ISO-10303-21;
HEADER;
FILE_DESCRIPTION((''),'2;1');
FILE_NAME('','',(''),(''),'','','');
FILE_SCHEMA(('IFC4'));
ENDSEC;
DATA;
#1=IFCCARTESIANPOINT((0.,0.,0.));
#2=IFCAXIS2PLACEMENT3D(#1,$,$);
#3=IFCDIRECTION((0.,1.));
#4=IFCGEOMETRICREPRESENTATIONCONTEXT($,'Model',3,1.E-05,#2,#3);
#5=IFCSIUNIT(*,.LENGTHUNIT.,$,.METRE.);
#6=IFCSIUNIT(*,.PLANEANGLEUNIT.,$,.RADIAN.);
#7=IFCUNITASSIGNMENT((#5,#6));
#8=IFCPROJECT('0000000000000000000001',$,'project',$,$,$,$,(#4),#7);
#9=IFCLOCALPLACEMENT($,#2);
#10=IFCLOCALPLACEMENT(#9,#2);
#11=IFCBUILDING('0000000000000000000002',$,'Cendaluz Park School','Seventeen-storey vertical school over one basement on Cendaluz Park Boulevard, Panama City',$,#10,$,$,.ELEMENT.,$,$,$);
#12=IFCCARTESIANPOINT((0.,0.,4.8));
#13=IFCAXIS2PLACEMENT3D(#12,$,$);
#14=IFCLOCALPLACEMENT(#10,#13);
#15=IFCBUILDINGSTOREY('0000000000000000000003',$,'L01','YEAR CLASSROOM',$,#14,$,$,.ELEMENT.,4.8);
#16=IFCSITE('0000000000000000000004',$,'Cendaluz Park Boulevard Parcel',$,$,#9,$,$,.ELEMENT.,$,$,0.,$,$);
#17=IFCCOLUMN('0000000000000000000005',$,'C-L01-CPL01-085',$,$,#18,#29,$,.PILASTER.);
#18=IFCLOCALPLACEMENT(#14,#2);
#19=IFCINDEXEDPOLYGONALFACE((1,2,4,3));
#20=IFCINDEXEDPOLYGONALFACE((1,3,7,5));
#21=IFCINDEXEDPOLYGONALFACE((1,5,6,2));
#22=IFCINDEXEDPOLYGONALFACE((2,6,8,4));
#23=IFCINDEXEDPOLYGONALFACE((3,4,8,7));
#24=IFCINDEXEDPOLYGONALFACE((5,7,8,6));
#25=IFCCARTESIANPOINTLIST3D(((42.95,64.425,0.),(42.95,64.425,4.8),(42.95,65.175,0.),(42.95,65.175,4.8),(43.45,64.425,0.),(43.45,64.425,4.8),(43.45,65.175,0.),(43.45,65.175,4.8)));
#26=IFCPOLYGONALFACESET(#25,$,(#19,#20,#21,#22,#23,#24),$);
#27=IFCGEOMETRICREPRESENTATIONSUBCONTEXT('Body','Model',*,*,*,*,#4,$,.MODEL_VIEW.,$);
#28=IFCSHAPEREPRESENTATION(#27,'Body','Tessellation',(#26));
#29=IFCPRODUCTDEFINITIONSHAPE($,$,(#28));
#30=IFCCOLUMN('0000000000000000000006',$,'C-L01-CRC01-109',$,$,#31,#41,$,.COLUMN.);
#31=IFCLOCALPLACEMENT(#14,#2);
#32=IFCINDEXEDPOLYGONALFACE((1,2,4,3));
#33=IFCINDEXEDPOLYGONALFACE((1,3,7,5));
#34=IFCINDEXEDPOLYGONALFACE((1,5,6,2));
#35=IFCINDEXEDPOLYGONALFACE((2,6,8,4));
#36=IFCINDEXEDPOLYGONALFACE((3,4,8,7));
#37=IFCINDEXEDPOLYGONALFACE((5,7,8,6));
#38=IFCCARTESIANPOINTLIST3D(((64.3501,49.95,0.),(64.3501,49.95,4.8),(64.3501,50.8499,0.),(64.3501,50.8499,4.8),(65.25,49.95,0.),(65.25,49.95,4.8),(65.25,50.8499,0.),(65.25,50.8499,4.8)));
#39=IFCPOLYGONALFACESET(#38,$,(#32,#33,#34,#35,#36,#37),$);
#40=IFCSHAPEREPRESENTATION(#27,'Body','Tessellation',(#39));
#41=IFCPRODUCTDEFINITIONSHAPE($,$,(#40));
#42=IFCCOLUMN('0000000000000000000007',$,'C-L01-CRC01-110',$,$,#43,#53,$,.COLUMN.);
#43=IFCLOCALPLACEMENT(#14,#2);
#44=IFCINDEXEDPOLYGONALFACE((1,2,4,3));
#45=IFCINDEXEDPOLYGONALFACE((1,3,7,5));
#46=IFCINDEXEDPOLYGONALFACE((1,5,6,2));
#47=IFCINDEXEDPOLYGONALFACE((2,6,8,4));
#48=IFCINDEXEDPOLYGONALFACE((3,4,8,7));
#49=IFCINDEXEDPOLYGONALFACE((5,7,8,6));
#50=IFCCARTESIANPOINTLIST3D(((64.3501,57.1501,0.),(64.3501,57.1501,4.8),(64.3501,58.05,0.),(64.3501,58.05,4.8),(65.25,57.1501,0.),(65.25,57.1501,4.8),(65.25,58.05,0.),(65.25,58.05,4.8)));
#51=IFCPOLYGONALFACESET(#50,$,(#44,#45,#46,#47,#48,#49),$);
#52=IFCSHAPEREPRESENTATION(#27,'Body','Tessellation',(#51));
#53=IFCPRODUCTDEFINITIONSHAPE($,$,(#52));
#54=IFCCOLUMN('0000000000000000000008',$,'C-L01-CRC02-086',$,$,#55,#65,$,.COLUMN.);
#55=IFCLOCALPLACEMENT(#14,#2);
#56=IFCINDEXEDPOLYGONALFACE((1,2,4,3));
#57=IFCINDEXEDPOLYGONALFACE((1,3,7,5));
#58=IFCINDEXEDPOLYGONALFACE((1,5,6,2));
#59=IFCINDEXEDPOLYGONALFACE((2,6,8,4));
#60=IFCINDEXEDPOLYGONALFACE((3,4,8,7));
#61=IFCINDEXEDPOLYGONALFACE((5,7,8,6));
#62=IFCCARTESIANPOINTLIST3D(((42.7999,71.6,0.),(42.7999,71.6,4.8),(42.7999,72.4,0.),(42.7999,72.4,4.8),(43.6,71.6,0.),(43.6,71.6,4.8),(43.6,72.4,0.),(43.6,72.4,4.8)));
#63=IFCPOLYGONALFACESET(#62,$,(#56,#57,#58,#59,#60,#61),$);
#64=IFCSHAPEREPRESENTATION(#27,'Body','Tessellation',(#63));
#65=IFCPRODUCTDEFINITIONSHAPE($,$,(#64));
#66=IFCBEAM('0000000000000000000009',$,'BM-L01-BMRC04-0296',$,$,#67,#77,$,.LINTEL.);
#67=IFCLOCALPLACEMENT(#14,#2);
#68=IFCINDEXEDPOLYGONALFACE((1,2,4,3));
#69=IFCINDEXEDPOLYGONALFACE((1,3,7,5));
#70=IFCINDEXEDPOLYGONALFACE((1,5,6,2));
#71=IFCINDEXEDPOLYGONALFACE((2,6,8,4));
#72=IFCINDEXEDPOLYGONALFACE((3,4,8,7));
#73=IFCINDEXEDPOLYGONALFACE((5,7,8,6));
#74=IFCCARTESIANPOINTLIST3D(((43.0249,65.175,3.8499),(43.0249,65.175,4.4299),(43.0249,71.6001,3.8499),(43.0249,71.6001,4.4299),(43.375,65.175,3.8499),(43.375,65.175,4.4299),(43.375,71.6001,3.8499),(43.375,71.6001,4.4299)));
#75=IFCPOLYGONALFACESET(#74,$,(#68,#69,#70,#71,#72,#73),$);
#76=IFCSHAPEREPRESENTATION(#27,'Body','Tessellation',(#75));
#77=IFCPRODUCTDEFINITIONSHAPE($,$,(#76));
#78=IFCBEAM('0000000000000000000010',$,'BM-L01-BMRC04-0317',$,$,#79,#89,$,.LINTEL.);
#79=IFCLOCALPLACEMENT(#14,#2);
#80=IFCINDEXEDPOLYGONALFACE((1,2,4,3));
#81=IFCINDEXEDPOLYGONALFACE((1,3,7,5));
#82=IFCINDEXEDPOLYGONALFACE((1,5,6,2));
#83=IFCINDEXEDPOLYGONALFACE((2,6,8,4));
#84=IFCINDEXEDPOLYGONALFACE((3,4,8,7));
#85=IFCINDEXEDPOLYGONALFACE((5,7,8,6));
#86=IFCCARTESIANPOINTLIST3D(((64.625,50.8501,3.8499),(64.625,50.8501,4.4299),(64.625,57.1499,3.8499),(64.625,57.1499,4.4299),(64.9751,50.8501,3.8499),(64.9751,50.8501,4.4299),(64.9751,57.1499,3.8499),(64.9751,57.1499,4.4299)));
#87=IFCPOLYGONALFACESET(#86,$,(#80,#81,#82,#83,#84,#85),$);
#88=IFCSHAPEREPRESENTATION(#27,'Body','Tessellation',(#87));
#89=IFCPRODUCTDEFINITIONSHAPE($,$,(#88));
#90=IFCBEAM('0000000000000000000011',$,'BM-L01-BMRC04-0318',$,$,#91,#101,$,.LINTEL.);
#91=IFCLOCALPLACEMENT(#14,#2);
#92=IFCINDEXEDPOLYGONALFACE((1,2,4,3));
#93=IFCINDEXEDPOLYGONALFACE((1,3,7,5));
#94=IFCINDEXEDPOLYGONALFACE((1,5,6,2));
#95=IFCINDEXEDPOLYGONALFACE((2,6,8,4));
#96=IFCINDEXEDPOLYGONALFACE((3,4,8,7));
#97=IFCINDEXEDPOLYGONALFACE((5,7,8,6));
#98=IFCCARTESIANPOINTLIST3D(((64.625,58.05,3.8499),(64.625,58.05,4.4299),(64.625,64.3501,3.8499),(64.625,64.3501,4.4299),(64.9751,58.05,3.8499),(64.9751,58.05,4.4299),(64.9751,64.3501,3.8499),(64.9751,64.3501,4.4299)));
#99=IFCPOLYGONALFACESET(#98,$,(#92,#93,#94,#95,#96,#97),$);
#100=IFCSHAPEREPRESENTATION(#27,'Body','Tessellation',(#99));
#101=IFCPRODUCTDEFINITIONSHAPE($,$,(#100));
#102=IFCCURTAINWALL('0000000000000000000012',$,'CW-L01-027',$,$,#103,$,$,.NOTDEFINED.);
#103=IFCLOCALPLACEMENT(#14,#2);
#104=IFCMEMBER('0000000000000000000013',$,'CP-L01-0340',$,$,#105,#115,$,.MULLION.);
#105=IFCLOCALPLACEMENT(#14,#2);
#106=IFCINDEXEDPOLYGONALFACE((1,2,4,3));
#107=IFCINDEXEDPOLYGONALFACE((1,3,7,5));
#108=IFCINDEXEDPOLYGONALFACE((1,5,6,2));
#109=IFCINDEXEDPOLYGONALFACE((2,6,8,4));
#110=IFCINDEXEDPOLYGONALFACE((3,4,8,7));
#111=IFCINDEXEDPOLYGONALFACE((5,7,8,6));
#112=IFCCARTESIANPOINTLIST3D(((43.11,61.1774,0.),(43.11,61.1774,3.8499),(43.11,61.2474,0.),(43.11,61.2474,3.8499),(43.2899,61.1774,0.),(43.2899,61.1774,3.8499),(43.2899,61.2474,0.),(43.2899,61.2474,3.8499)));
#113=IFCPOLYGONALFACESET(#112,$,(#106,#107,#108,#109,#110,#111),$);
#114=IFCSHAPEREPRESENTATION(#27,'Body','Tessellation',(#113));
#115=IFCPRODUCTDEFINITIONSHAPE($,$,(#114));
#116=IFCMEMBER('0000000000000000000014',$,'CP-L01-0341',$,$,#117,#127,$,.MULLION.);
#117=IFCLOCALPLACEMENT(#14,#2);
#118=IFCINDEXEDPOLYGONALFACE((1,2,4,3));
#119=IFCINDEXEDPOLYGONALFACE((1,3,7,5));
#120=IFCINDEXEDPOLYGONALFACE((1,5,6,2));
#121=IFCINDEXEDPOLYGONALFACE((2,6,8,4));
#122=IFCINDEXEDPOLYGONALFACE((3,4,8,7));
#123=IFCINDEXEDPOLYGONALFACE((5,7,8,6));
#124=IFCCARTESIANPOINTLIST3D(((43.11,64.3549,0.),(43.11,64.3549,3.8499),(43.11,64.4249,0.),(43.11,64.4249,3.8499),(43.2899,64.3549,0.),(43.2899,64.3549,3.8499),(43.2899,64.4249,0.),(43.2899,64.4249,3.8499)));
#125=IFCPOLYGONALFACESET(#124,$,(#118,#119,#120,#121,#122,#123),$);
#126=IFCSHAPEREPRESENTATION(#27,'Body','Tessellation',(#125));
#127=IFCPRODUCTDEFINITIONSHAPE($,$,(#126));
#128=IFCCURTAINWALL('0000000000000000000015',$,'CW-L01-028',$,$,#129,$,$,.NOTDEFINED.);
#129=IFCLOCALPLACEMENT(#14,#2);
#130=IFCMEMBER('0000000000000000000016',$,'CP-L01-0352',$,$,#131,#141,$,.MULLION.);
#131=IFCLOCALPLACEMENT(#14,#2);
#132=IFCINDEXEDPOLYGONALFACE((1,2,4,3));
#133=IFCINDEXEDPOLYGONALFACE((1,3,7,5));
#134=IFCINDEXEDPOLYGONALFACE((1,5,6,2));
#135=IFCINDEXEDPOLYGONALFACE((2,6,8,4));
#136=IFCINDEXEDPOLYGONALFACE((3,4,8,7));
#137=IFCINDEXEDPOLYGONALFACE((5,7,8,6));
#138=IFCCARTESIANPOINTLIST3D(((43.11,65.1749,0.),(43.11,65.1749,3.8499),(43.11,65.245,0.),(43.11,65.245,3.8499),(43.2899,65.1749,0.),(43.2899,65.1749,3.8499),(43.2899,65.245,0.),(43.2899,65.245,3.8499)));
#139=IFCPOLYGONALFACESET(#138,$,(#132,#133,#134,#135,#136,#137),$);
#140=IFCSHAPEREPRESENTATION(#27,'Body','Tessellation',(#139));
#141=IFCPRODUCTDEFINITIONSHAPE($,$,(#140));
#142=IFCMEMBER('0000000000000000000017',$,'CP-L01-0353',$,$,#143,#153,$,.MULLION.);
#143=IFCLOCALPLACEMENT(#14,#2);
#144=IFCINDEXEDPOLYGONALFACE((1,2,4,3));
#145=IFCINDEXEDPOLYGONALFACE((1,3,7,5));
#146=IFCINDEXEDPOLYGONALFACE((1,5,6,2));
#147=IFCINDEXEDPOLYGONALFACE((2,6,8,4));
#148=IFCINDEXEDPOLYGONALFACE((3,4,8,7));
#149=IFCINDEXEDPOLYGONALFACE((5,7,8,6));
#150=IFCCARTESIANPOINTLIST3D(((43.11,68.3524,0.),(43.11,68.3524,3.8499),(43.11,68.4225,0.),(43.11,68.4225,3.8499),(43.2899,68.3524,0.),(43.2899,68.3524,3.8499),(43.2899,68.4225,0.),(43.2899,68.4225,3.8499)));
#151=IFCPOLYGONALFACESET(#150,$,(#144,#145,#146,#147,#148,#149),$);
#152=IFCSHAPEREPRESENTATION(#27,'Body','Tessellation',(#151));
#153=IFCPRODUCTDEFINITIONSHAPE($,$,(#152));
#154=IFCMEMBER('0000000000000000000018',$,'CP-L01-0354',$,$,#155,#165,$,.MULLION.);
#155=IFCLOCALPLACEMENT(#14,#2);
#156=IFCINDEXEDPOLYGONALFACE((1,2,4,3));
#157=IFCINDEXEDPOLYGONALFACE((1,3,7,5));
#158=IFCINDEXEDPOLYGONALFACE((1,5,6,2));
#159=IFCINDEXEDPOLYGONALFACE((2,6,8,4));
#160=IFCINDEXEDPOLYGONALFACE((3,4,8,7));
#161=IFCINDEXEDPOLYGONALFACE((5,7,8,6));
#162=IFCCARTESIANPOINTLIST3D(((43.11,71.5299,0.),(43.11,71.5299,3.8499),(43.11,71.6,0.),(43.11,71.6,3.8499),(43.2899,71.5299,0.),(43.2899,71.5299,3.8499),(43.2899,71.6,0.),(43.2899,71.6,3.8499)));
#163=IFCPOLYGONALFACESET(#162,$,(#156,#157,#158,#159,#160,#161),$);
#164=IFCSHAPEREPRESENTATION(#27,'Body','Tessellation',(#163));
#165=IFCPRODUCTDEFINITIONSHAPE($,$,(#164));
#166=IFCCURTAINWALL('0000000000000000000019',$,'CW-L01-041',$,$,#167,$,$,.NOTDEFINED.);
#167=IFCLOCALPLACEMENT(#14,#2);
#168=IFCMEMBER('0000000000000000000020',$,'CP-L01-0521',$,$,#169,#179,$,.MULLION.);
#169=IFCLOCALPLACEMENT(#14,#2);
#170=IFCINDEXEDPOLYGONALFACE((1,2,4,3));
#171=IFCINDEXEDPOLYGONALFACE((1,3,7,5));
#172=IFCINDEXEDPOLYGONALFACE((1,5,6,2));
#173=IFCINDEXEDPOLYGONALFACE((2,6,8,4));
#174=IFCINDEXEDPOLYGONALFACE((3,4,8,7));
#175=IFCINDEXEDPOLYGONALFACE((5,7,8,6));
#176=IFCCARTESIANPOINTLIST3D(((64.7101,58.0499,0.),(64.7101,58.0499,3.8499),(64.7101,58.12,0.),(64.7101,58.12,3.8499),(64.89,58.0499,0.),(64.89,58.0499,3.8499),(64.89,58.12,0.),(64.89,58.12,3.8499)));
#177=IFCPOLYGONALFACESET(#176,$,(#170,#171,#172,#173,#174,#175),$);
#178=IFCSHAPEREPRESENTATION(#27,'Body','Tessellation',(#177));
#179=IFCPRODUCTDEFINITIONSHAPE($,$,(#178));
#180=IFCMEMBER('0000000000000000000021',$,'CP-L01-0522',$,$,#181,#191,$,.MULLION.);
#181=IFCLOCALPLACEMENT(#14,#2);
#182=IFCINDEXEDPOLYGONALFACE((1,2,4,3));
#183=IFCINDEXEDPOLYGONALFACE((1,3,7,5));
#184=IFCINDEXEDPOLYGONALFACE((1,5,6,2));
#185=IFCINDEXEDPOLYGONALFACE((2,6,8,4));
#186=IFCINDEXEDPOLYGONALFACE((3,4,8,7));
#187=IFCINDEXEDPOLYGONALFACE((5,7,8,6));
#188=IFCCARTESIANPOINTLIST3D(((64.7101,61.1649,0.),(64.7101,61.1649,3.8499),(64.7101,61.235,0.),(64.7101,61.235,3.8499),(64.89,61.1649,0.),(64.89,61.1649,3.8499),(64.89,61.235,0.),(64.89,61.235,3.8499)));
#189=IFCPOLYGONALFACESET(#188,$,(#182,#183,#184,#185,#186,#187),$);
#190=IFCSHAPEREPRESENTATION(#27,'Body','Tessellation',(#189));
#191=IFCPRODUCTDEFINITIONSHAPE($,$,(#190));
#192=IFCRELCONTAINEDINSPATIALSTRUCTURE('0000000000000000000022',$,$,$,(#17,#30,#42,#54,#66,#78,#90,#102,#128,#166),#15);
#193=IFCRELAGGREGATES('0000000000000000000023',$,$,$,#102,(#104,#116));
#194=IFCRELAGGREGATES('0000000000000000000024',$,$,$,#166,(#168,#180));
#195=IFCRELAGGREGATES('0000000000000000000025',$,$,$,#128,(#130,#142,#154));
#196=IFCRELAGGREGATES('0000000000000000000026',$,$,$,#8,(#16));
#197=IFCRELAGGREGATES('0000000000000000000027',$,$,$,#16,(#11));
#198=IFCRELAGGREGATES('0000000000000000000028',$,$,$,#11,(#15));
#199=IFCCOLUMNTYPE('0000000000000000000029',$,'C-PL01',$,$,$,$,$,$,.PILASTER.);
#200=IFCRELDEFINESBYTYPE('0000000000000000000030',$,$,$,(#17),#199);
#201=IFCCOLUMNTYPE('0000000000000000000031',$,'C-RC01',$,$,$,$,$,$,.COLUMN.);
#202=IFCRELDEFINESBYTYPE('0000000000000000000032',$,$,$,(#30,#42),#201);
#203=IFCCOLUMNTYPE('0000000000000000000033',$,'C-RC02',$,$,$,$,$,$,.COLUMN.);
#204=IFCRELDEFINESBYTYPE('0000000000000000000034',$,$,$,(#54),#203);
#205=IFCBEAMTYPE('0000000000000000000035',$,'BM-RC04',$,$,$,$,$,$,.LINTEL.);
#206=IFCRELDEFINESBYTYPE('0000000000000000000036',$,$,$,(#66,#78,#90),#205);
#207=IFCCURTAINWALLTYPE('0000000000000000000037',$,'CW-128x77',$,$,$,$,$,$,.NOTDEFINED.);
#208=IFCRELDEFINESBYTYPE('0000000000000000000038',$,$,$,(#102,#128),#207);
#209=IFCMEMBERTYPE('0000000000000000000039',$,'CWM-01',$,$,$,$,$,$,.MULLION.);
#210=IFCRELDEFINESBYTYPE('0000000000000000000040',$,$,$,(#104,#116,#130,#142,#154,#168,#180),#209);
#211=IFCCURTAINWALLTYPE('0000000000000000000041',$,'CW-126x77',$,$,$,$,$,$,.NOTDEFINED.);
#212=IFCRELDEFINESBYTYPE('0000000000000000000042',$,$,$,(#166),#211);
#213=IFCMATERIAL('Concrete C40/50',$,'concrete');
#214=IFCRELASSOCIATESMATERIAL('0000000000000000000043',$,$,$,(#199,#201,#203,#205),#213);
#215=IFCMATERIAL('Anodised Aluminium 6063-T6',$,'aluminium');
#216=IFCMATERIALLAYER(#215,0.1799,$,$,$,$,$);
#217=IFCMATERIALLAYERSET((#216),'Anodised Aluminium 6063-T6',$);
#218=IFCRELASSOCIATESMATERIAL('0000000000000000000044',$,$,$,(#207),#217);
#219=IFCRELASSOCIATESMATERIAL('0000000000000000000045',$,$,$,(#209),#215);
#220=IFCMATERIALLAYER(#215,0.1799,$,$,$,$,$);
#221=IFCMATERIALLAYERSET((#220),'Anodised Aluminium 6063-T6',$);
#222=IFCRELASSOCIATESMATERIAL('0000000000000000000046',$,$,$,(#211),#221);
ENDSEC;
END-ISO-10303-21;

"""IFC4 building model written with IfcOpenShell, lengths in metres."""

from ifc_helpers import new_model, si_unit, direction, frame, origin, origin_2d, place, context, subcontext, project, spatial, rectangle, extrude, material, layer, layer_set, material_profile, profile_set, type_object, element, aggregate, save


model = new_model("IFC4")

# Units and contexts
model_context = context("Model", 3, precision=1e-05, world=origin(), true_north=direction((0.0, 1.0)))
body_context = subcontext(model_context, "Body", "Model", "MODEL_VIEW")
ifc_project = project(units=[si_unit("LENGTHUNIT", "METRE"), si_unit("PLANEANGLEUNIT", "RADIAN")], contexts=[model_context])

# Site, building, storey
site_placement = place(None, origin())
site = spatial("IfcSite", under=ifc_project, at=site_placement, Name="Cendaluz Park Boulevard Parcel", CompositionType="ELEMENT", RefElevation=0.0)
building_placement = place(site_placement, origin())
building = spatial("IfcBuilding", under=site, at=building_placement, Name="Cendaluz Park School", Description="Seventeen-storey vertical school over one basement on Cendaluz Park Boulevard, Panama City", CompositionType="ELEMENT")
storey_placement = place(building_placement, frame((0.0, 0.0, 4.8)))
storey = spatial("IfcBuildingStorey", under=building, at=storey_placement, Name="L01", Description="YEAR CLASSROOM", CompositionType="ELEMENT", Elevation=4.8)

# Columns
ifc_material_1 = material(Name="Concrete C40/50", Category="concrete")
ifc_material_profile_1 = material_profile(ifc_material_1, rectangle(XDim=0.5, YDim=0.75, at=origin_2d()), Name="RC 500x750", Category="concrete")
ifc_profile_set_1 = profile_set([ifc_material_profile_1], Name="Concrete C40/50")
column_type_1 = type_object("IfcColumnType", Name="C-PL01", PredefinedType="PILASTER", material=ifc_profile_set_1)
column_1_placement = place(storey_placement, frame((43.2, 64.8, 0.0), z_axis=(0.0, 0.0, 1.0), x_axis=(1.0, 0.0, 0.0)))
element("IfcColumn", 1, at=column_1_placement, inside=storey, type_object=column_type_1, Name="C-L01-CPL01-085", PredefinedType="PILASTER", context=body_context, shape_type="SweptSolid", body=[
    extrude(rectangle(XDim=0.5, YDim=0.75, at=origin_2d()), origin(), (0.0, 0.0, 1.0), 4.8),
])
ifc_material_profile_2 = material_profile(ifc_material_1, rectangle(XDim=0.8999, YDim=0.8999, at=origin_2d()), Name="RC 900x900", Category="concrete")
ifc_profile_set_2 = profile_set([ifc_material_profile_2], Name="Concrete C40/50")
column_type_2 = type_object("IfcColumnType", Name="C-RC01", PredefinedType="COLUMN", material=ifc_profile_set_2)
for number, where, z_axis, x_axis, name in (
    (2, (64.8, 50.3999, 0.0), (0.0, 0.0, 1.0), (1.0, 0.0, 0.0), "C-L01-CRC01-109"),
    (3, (64.8, 57.6001, 0.0), (0.0, 0.0, 1.0), (1.0, 0.0, 0.0), "C-L01-CRC01-110"),
):
    element("IfcColumn", number, at=place(storey_placement, frame(where, z_axis=z_axis, x_axis=x_axis)), inside=storey, type_object=column_type_2, Name=name, PredefinedType="COLUMN", context=body_context, shape_type="SweptSolid", body=[
        extrude(rectangle(XDim=0.8999, YDim=0.8999, at=origin_2d()), origin(), (0.0, 0.0, 1.0), 4.8),
    ])
ifc_material_profile_3 = material_profile(ifc_material_1, rectangle(XDim=0.8, YDim=0.8, at=origin_2d()), Name="RC 800x800", Category="concrete")
ifc_profile_set_3 = profile_set([ifc_material_profile_3], Name="Concrete C40/50")
column_type_3 = type_object("IfcColumnType", Name="C-RC02", PredefinedType="COLUMN", material=ifc_profile_set_3)
column_2_placement = place(storey_placement, frame((43.2, 72.0, 0.0), z_axis=(0.0, 0.0, 1.0), x_axis=(1.0, 0.0, 0.0)))
element("IfcColumn", 4, at=column_2_placement, inside=storey, type_object=column_type_3, Name="C-L01-CRC02-086", PredefinedType="COLUMN", context=body_context, shape_type="SweptSolid", body=[
    extrude(rectangle(XDim=0.8, YDim=0.8, at=origin_2d()), origin(), (0.0, 0.0, 1.0), 4.8),
])

# Beams
ifc_material_profile_4 = material_profile(ifc_material_1, rectangle(XDim=0.3501, YDim=0.5801, at=origin_2d()), Name="RC 350x580", Category="concrete")
ifc_profile_set_4 = profile_set([ifc_material_profile_4], Name="Concrete C40/50")
beam_type = type_object("IfcBeamType", Name="BM-RC04", PredefinedType="LINTEL", material=ifc_profile_set_4)
beam_1_placement = place(storey_placement, frame((43.2, 65.175, 4.1399), z_axis=(0.0, 1.0, 0.0), x_axis=(-1.0, 0.0, 0.0)))
element("IfcBeam", 5, at=beam_1_placement, inside=storey, type_object=beam_type, Name="BM-L01-BMRC04-0296", PredefinedType="LINTEL", context=body_context, shape_type="SweptSolid", body=[
    extrude(rectangle(XDim=0.3501, YDim=0.5801, at=origin_2d()), origin(), (0.0, 0.0, 1.0), 6.425),
])
beam_2_placement = place(storey_placement, frame((64.8, 50.8501, 4.1399), z_axis=(0.0, 1.0, 0.0), x_axis=(-1.0, 0.0, 0.0)))
element("IfcBeam", 6, at=beam_2_placement, inside=storey, type_object=beam_type, Name="BM-L01-BMRC04-0317", PredefinedType="LINTEL", context=body_context, shape_type="SweptSolid", body=[
    extrude(rectangle(XDim=0.3501, YDim=0.5801, at=origin_2d()), origin(), (0.0, 0.0, 1.0), 6.2998),
])
beam_3_placement = place(storey_placement, frame((64.8, 58.05, 4.1399), z_axis=(0.0, 1.0, 0.0), x_axis=(-1.0, 0.0, 0.0)))
element("IfcBeam", 7, at=beam_3_placement, inside=storey, type_object=beam_type, Name="BM-L01-BMRC04-0318", PredefinedType="LINTEL", context=body_context, shape_type="SweptSolid", body=[
    extrude(rectangle(XDim=0.3501, YDim=0.5801, at=origin_2d()), origin(), (0.0, 0.0, 1.0), 6.3),
])

# Curtain walls, members
ifc_material_2 = material(Name="Anodised Aluminium 6063-T6", Category="aluminium")
ifc_layer_1 = layer(ifc_material_2, 0.1799)
ifc_layer_set_1 = layer_set([ifc_layer_1], Name="Anodised Aluminium 6063-T6")
curtain_wall_type_1 = type_object("IfcCurtainWallType", Name="CW-128x77", PredefinedType="NOTDEFINED", material=ifc_layer_set_1)
curtain_wall_1_placement = place(storey_placement, origin())
curtain_wall_1 = element("IfcCurtainWall", 8, at=curtain_wall_1_placement, inside=storey, type_object=curtain_wall_type_1, Name="CW-L01-027", PredefinedType="NOTDEFINED")
ifc_material_profile_5 = material_profile(ifc_material_2, rectangle(XDim=0.1799, YDim=0.0701, at=origin_2d()), Name="CWM 180x70", Category="aluminium")
ifc_profile_set_5 = profile_set([ifc_material_profile_5], Name="Anodised Aluminium 6063-T6")
member_type_1 = type_object("IfcMemberType", Name="CWM-01", PredefinedType="MULLION", material=ifc_profile_set_5)
member_1_placement = place(storey_placement, frame((43.2, 61.2124, 0.0), z_axis=(0.0, 0.0, 1.0), x_axis=(-1.0, 0.0, 0.0)))
member_1 = element("IfcMember", 9, at=member_1_placement, type_object=member_type_1, Name="CP-L01-0340", PredefinedType="MULLION", context=body_context, shape_type="SweptSolid", body=[
    extrude(rectangle(XDim=0.1799, YDim=0.0701, at=origin_2d()), origin(), (0.0, 0.0, 1.0), 3.8499),
])
member_2_placement = place(storey_placement, frame((43.2, 64.3899, 0.0), z_axis=(0.0, 0.0, 1.0), x_axis=(-1.0, 0.0, 0.0)))
member_2 = element("IfcMember", 10, at=member_2_placement, type_object=member_type_1, Name="CP-L01-0341", PredefinedType="MULLION", context=body_context, shape_type="SweptSolid", body=[
    extrude(rectangle(XDim=0.1799, YDim=0.0701, at=origin_2d()), origin(), (0.0, 0.0, 1.0), 3.8499),
])
curtain_wall_2_placement = place(storey_placement, origin())
curtain_wall_2 = element("IfcCurtainWall", 11, at=curtain_wall_2_placement, inside=storey, type_object=curtain_wall_type_1, Name="CW-L01-028", PredefinedType="NOTDEFINED")
member_3_placement = place(storey_placement, frame((43.2, 65.21, 0.0), z_axis=(0.0, 0.0, 1.0), x_axis=(-1.0, 0.0, 0.0)))
member_3 = element("IfcMember", 12, at=member_3_placement, type_object=member_type_1, Name="CP-L01-0352", PredefinedType="MULLION", context=body_context, shape_type="SweptSolid", body=[
    extrude(rectangle(XDim=0.1799, YDim=0.0701, at=origin_2d()), origin(), (0.0, 0.0, 1.0), 3.8499),
])
member_4_placement = place(storey_placement, frame((43.2, 68.3875, 0.0), z_axis=(0.0, 0.0, 1.0), x_axis=(-1.0, 0.0, 0.0)))
member_4 = element("IfcMember", 13, at=member_4_placement, type_object=member_type_1, Name="CP-L01-0353", PredefinedType="MULLION", context=body_context, shape_type="SweptSolid", body=[
    extrude(rectangle(XDim=0.1799, YDim=0.0701, at=origin_2d()), origin(), (0.0, 0.0, 1.0), 3.8499),
])
member_5_placement = place(storey_placement, frame((43.2, 71.5649, 0.0), z_axis=(0.0, 0.0, 1.0), x_axis=(-1.0, 0.0, 0.0)))
member_5 = element("IfcMember", 14, at=member_5_placement, type_object=member_type_1, Name="CP-L01-0354", PredefinedType="MULLION", context=body_context, shape_type="SweptSolid", body=[
    extrude(rectangle(XDim=0.1799, YDim=0.0701, at=origin_2d()), origin(), (0.0, 0.0, 1.0), 3.8499),
])
ifc_layer_2 = layer(ifc_material_2, 0.1799)
ifc_layer_set_2 = layer_set([ifc_layer_2], Name="Anodised Aluminium 6063-T6")
curtain_wall_type_2 = type_object("IfcCurtainWallType", Name="CW-126x77", PredefinedType="NOTDEFINED", material=ifc_layer_set_2)
curtain_wall_3_placement = place(storey_placement, origin())
curtain_wall_3 = element("IfcCurtainWall", 15, at=curtain_wall_3_placement, inside=storey, type_object=curtain_wall_type_2, Name="CW-L01-041", PredefinedType="NOTDEFINED")
member_6_placement = place(storey_placement, frame((64.8, 58.085, 0.0), z_axis=(0.0, 0.0, 1.0), x_axis=(-1.0, 0.0, 0.0)))
member_6 = element("IfcMember", 16, at=member_6_placement, type_object=member_type_1, Name="CP-L01-0521", PredefinedType="MULLION", context=body_context, shape_type="SweptSolid", body=[
    extrude(rectangle(XDim=0.1799, YDim=0.0701, at=origin_2d()), origin(), (0.0, 0.0, 1.0), 3.8499),
])
member_7_placement = place(storey_placement, frame((64.8, 61.2, 0.0), z_axis=(0.0, 0.0, 1.0), x_axis=(-1.0, 0.0, 0.0)))
member_7 = element("IfcMember", 17, at=member_7_placement, type_object=member_type_1, Name="CP-L01-0522", PredefinedType="MULLION", context=body_context, shape_type="SweptSolid", body=[
    extrude(rectangle(XDim=0.1799, YDim=0.0701, at=origin_2d()), origin(), (0.0, 0.0, 1.0), 3.8499),
])

aggregate(curtain_wall_1, [member_1, member_2])
aggregate(curtain_wall_3, [member_6, member_7])
aggregate(curtain_wall_2, [member_3, member_4, member_5])

save(model, "model.ifc")
